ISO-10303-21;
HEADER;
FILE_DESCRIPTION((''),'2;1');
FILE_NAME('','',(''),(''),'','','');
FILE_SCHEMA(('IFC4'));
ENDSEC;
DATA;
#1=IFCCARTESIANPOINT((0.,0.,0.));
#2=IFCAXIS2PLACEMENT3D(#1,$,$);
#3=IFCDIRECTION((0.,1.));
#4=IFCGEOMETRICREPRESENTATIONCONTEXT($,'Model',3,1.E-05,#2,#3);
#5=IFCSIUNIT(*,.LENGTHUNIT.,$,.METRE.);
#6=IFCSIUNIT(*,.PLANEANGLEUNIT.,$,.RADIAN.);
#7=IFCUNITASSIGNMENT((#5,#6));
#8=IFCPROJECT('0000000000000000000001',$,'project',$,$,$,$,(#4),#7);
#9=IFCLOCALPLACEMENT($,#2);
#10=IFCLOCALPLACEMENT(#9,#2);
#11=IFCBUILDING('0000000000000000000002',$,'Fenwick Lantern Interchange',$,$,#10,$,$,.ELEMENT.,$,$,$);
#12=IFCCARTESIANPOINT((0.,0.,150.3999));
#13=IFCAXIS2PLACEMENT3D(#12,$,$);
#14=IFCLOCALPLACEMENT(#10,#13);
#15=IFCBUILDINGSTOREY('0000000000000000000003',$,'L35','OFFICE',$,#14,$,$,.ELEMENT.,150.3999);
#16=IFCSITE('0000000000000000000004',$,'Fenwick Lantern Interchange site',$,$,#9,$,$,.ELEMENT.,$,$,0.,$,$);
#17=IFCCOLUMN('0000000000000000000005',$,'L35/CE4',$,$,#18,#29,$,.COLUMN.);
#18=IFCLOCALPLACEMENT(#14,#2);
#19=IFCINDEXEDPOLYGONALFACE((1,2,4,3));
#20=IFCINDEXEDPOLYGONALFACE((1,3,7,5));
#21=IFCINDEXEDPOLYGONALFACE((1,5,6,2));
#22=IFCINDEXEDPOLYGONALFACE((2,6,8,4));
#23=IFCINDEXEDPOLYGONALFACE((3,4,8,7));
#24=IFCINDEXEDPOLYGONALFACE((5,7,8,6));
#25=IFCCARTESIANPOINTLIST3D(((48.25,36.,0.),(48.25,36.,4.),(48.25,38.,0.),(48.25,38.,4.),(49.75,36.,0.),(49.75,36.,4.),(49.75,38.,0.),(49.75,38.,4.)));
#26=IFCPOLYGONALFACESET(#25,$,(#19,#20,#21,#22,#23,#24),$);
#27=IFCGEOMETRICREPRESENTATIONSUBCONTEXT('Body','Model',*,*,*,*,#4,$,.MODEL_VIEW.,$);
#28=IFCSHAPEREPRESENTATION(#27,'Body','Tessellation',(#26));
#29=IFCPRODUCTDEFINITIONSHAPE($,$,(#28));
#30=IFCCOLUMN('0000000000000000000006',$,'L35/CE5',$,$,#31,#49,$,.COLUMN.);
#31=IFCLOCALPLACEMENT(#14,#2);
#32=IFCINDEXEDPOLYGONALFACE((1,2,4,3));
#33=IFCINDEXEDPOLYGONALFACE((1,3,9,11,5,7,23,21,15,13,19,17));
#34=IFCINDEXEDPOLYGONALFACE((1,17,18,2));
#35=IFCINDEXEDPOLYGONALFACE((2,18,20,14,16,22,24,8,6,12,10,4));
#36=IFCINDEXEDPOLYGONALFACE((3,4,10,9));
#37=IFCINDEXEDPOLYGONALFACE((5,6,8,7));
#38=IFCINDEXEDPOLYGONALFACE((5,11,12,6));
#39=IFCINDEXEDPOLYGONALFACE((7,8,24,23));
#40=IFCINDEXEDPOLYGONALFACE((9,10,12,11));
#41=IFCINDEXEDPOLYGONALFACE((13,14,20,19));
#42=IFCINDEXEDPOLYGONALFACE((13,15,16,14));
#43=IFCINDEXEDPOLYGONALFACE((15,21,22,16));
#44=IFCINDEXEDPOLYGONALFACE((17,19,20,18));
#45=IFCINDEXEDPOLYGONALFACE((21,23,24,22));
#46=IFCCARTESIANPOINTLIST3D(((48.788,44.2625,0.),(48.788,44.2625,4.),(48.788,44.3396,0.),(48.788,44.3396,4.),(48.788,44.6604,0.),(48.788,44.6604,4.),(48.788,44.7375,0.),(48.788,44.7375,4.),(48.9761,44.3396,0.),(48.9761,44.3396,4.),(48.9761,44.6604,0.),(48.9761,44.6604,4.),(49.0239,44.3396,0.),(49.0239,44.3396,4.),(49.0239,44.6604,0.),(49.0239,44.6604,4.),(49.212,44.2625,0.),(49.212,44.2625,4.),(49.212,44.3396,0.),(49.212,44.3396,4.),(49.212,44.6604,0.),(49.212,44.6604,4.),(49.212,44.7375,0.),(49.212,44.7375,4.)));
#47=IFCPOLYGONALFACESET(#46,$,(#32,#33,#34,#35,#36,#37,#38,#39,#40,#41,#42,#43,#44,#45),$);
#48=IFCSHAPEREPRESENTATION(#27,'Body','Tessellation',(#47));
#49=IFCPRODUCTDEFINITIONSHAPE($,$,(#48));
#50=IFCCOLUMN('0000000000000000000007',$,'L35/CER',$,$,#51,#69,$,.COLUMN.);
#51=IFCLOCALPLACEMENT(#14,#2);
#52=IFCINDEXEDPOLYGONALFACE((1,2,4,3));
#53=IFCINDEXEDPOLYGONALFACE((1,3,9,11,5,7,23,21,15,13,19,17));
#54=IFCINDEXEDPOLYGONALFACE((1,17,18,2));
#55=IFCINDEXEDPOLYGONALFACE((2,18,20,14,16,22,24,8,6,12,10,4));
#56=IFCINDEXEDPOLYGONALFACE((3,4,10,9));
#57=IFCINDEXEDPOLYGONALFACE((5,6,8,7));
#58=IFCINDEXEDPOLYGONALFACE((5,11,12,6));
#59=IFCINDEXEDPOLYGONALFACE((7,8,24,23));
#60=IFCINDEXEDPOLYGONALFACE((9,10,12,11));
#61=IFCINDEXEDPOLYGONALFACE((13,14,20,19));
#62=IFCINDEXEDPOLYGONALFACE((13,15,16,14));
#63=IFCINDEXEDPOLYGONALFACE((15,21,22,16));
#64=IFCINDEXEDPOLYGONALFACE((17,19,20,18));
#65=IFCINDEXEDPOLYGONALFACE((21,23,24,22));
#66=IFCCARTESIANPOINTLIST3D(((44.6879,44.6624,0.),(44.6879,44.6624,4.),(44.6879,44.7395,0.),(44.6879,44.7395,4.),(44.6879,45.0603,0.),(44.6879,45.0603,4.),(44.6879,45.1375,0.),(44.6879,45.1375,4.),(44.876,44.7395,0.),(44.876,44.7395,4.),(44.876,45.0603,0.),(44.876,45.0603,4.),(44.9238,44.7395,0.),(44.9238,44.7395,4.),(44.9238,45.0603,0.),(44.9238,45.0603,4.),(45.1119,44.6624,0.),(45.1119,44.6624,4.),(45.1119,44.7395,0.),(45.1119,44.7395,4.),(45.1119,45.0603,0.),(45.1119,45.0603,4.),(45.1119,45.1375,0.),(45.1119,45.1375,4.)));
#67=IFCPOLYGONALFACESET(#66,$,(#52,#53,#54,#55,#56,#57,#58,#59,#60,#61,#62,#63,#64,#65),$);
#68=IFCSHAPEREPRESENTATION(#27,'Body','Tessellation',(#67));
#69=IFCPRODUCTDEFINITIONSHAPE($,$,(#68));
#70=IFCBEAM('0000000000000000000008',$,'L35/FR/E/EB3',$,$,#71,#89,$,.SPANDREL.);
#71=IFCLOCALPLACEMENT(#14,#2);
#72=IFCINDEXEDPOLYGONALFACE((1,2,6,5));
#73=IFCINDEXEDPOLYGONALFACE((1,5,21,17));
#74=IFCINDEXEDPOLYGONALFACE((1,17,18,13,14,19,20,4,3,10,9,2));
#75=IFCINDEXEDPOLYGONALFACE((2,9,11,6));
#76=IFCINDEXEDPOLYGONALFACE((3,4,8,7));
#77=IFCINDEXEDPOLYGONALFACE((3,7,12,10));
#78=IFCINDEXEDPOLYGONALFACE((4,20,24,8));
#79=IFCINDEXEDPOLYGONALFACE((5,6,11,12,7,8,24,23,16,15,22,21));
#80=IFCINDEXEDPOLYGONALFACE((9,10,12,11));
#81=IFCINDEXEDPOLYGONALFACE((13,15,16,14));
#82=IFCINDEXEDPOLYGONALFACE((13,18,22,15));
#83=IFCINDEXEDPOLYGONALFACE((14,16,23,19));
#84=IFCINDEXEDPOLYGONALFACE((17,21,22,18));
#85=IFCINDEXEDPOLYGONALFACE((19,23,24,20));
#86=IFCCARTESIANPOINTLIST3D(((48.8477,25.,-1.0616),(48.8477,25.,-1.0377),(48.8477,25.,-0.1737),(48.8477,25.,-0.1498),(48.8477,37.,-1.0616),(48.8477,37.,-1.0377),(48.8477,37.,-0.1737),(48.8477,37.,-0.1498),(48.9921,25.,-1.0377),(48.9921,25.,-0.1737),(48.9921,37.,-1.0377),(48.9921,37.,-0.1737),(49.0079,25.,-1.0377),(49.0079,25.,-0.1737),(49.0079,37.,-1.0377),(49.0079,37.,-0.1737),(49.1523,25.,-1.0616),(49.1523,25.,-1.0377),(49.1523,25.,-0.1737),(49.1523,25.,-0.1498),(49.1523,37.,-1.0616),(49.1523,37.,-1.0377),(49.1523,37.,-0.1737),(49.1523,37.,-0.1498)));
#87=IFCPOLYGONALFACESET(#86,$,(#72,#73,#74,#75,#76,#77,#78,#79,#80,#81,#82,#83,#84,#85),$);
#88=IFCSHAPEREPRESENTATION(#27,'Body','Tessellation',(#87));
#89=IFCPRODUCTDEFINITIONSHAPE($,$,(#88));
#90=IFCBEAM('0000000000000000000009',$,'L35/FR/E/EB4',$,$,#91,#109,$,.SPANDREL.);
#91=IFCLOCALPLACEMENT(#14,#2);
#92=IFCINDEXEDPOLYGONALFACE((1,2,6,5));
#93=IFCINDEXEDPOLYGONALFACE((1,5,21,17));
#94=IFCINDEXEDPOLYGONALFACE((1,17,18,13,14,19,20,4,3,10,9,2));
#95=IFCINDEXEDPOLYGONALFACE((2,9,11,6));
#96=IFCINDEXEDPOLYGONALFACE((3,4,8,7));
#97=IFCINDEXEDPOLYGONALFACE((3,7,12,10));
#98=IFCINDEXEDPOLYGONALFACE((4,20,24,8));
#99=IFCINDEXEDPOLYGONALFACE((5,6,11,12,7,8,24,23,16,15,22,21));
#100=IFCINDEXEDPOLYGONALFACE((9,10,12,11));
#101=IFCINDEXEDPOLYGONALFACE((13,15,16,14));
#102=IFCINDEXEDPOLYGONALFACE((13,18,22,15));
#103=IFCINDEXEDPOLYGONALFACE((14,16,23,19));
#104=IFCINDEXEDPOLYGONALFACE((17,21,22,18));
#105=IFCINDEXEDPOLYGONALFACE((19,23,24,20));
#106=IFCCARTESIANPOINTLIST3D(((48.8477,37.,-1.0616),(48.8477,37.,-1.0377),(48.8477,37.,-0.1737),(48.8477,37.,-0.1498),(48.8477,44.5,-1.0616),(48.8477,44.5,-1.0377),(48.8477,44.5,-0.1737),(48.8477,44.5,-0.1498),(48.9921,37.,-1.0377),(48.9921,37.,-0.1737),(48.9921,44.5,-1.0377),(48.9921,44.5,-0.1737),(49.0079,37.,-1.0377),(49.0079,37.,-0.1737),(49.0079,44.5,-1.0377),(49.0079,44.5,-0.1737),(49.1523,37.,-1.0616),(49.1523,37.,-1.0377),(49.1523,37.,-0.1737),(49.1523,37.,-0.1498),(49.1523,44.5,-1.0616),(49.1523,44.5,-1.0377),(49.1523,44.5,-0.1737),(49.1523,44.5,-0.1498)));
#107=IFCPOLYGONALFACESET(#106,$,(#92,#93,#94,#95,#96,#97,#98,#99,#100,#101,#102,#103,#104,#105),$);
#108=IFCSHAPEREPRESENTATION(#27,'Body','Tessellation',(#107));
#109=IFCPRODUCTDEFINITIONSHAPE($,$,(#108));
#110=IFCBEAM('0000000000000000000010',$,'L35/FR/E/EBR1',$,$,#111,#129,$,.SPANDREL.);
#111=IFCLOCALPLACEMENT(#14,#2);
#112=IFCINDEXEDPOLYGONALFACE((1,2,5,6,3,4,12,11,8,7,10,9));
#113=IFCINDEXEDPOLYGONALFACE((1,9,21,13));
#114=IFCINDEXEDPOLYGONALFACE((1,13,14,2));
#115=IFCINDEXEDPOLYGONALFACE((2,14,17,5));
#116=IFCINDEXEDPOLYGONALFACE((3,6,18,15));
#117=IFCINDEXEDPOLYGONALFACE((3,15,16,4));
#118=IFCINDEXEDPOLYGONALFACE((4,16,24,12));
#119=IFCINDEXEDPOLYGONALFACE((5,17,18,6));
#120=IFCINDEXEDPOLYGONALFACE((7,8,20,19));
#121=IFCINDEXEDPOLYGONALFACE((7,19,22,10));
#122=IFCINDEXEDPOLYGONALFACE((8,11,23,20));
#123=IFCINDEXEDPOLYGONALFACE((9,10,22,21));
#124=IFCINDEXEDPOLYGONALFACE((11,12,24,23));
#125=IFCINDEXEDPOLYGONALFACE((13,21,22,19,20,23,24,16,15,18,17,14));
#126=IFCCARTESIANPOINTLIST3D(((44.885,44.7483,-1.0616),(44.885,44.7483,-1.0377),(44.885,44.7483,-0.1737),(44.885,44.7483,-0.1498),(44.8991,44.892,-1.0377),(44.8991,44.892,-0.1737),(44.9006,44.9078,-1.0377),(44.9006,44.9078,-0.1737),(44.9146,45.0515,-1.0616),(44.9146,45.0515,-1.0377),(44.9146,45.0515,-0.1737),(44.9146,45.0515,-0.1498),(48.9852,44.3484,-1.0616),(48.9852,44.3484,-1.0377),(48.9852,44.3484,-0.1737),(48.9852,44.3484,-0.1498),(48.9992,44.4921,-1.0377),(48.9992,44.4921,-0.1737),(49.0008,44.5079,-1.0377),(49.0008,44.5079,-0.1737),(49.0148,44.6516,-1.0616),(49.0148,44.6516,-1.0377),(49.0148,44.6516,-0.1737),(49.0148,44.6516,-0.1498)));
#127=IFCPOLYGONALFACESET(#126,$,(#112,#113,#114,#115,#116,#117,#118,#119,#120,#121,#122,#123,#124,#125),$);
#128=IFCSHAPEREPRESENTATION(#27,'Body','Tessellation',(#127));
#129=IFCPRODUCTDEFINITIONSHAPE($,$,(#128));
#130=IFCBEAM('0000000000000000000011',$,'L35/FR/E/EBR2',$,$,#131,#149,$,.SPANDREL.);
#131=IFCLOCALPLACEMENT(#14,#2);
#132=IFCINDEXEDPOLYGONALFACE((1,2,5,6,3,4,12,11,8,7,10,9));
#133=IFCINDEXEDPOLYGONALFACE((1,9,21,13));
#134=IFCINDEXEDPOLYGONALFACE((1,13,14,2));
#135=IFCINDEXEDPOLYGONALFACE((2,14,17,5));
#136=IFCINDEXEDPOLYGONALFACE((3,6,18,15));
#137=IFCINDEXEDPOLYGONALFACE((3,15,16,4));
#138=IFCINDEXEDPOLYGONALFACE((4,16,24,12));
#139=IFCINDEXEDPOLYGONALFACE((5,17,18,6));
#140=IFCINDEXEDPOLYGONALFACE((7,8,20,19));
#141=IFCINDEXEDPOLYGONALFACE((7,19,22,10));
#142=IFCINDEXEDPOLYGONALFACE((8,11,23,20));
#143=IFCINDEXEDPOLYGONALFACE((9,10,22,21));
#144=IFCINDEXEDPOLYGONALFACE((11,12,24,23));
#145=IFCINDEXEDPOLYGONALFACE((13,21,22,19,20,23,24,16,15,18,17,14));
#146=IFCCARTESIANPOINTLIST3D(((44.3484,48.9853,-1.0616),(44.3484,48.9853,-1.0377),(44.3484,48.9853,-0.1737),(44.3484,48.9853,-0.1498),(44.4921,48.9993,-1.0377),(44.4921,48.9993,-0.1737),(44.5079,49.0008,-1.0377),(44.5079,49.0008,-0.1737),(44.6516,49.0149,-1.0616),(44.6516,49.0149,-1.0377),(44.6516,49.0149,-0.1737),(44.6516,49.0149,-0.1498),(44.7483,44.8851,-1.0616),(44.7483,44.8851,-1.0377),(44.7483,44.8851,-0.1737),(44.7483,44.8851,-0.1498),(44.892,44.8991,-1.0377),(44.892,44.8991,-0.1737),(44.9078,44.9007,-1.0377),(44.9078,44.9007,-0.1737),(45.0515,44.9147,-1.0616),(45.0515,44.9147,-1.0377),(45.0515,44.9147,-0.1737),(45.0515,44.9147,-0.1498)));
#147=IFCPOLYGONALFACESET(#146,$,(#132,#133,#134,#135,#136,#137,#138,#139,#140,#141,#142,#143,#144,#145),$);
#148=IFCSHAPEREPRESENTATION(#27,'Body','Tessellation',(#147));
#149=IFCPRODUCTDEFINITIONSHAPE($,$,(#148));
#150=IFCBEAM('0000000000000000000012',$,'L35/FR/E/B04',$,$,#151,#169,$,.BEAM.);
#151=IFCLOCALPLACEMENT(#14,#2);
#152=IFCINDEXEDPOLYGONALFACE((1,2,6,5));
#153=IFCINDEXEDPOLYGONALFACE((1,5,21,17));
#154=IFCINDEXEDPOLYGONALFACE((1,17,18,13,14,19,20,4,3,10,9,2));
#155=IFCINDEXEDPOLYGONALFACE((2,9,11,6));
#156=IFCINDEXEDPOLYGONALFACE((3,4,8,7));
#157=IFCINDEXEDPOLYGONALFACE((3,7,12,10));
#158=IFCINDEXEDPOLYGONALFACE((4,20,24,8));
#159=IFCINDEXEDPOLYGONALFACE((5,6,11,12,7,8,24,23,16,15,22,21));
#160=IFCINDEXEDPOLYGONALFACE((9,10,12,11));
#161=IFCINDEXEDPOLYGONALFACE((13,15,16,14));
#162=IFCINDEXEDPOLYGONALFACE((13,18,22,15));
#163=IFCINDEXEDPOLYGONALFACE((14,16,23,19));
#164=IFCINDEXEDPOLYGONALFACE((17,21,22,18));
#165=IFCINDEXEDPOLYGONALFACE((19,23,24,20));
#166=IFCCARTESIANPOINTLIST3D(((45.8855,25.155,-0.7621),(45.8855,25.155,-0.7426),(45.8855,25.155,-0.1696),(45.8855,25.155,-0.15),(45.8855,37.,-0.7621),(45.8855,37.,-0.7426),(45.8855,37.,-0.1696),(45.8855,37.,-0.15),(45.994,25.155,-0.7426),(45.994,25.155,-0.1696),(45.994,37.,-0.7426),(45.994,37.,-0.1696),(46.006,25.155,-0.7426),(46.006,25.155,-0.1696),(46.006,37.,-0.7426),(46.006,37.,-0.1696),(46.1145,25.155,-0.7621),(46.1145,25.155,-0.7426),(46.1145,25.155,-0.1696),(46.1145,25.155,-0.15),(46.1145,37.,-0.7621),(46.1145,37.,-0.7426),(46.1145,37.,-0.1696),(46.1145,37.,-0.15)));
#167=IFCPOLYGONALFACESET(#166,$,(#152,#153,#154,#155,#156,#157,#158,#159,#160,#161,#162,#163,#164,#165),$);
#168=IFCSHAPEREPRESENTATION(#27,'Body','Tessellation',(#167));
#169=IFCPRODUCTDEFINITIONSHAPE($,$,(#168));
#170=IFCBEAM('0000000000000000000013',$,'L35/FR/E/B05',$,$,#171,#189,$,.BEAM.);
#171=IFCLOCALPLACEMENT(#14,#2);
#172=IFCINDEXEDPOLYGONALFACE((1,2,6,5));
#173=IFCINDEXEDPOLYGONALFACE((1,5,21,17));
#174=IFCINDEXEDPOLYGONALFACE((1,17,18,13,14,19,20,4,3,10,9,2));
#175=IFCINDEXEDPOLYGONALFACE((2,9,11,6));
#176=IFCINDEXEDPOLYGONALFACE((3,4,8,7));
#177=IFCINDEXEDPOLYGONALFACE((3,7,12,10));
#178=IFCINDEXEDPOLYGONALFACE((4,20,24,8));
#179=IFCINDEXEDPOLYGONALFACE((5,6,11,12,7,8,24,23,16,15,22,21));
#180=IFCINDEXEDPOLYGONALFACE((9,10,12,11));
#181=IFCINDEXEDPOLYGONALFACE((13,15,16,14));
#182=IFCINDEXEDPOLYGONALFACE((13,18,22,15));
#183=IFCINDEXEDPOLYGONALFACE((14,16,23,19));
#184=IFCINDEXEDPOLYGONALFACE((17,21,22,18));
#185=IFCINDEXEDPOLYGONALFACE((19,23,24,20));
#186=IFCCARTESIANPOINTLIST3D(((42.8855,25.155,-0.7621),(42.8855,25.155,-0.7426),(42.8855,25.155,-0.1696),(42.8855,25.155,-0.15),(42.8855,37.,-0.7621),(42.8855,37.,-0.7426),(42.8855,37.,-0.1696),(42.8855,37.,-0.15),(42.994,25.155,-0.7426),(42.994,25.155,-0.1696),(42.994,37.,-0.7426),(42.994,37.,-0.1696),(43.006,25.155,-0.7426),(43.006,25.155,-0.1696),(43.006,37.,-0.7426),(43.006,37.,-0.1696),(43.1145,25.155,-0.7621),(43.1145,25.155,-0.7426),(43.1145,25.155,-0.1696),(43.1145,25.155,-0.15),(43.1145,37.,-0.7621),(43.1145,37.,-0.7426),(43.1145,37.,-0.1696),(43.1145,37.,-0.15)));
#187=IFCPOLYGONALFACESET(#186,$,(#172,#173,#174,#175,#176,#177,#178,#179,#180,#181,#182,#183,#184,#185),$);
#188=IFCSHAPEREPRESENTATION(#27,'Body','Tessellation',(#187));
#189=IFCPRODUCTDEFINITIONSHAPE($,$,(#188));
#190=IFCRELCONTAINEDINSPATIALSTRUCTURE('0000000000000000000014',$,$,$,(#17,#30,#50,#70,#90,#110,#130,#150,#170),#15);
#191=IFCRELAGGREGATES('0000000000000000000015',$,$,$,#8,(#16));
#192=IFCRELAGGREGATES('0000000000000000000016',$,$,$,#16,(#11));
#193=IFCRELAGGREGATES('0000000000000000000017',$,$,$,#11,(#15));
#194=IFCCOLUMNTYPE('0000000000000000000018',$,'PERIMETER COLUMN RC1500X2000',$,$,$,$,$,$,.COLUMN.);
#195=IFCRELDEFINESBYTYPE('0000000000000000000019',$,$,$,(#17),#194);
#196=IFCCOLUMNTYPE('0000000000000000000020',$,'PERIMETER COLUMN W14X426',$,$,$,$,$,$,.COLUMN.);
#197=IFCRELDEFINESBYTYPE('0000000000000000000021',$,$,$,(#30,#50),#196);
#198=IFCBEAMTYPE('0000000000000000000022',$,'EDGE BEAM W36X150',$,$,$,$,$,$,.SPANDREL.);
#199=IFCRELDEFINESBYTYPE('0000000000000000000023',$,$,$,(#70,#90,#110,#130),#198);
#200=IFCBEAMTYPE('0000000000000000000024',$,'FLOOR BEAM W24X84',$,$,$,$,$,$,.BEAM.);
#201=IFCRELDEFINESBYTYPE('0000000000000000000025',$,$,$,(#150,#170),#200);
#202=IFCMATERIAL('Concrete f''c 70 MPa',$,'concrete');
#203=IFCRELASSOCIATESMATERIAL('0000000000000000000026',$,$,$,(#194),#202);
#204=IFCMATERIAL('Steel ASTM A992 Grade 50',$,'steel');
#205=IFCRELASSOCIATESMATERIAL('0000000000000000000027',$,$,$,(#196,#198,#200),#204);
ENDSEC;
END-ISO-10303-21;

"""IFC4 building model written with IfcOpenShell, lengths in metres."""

from ifc_helpers import new_model, si_unit, direction, frame, origin, origin_2d, place, context, subcontext, project, spatial, rectangle, i_section, extrude, material, material_profile, profile_set, type_object, element, save


model = new_model("IFC4")

# Units and contexts
model_context = context("Model", 3, precision=1e-05, world=origin(), true_north=direction((0.0, 1.0)))
body_context = subcontext(model_context, "Body", "Model", "MODEL_VIEW")
ifc_project = project(units=[si_unit("LENGTHUNIT", "METRE"), si_unit("PLANEANGLEUNIT", "RADIAN")], contexts=[model_context])

# Site, building, storey
site_placement = place(None, origin())
site = spatial("IfcSite", under=ifc_project, at=site_placement, Name="Fenwick Lantern Interchange site", CompositionType="ELEMENT", RefElevation=0.0)
building_placement = place(site_placement, origin())
building = spatial("IfcBuilding", under=site, at=building_placement, Name="Fenwick Lantern Interchange", CompositionType="ELEMENT")
storey_placement = place(building_placement, frame((0.0, 0.0, 150.3999)))
storey = spatial("IfcBuildingStorey", under=building, at=storey_placement, Name="L35", Description="OFFICE", CompositionType="ELEMENT", Elevation=150.3999)

# Columns
ifc_material_1 = material(Name="Concrete f'c 70 MPa", Category="concrete")
ifc_material_profile_1 = material_profile(ifc_material_1, rectangle(XDim=1.5, YDim=2.0, at=origin_2d()), Name="RC1500X2000")
ifc_profile_set_1 = profile_set([ifc_material_profile_1], Name="Concrete f'c 70 MPa")
column_type_1 = type_object("IfcColumnType", Name="PERIMETER COLUMN RC1500X2000", PredefinedType="COLUMN", material=ifc_profile_set_1)
column_placement = place(storey_placement, frame((49.0, 37.0, 0.0), z_axis=(0.0, 0.0, 1.0), x_axis=(1.0, 0.0, 0.0)))
element("IfcColumn", 1, at=column_placement, inside=storey, type_object=column_type_1, Name="L35/CE4", PredefinedType="COLUMN", context=body_context, shape_type="SweptSolid", body=[
    extrude(rectangle(XDim=1.5, YDim=2.0, at=origin_2d()), origin(), (0.0, 0.0, 1.0), 4.0),
])
ifc_material_2 = material(Name="Steel ASTM A992 Grade 50", Category="steel")
ifc_material_profile_2 = material_profile(ifc_material_2, i_section(OverallWidth=0.4241, OverallDepth=0.4751, WebThickness=0.0479, FlangeThickness=0.0771, at=origin_2d()), Name="W14X426")
ifc_profile_set_2 = profile_set([ifc_material_profile_2], Name="Steel ASTM A992 Grade 50")
column_type_2 = type_object("IfcColumnType", Name="PERIMETER COLUMN W14X426", PredefinedType="COLUMN", material=ifc_profile_set_2)
for number, where, z_axis, x_axis, name in (
    (2, (49.0, 44.5, 0.0), (0.0, 0.0, 1.0), (1.0, 0.0, 0.0), "L35/CE5"),
    (3, (44.8999, 44.8999, 0.0), (0.0, 0.0, 1.0), (1.0, 0.0, 0.0), "L35/CER"),
):
    element("IfcColumn", number, at=place(storey_placement, frame(where, z_axis=z_axis, x_axis=x_axis)), inside=storey, type_object=column_type_2, Name=name, PredefinedType="COLUMN", context=body_context, shape_type="SweptSolid", body=[
        extrude(i_section(OverallWidth=0.4241, OverallDepth=0.4751, WebThickness=0.0479, FlangeThickness=0.0771, at=origin_2d()), origin(), (0.0, 0.0, 1.0), 4.0),
    ])

# Beams
ifc_material_profile_3 = material_profile(ifc_material_2, i_section(OverallWidth=0.3047, OverallDepth=0.9119, WebThickness=0.0159, FlangeThickness=0.0239, at=origin_2d()), Name="W36X150")
ifc_profile_set_3 = profile_set([ifc_material_profile_3], Name="Steel ASTM A992 Grade 50")
beam_type_1 = type_object("IfcBeamType", Name="EDGE BEAM W36X150", PredefinedType="SPANDREL", material=ifc_profile_set_3)
beam_1_placement = place(storey_placement, frame((49.0, 25.0, -0.6057), z_axis=(0.0, 1.0, 0.0), x_axis=(-1.0, 0.0, 0.0)))
element("IfcBeam", 4, at=beam_1_placement, inside=storey, type_object=beam_type_1, Name="L35/FR/E/EB3", PredefinedType="SPANDREL", context=body_context, shape_type="SweptSolid", body=[
    extrude(i_section(OverallWidth=0.3047, OverallDepth=0.9119, WebThickness=0.0159, FlangeThickness=0.0239, at=origin_2d()), origin(), (0.0, 0.0, 1.0), 12.0),
])
beam_2_placement = place(storey_placement, frame((49.0, 37.0, -0.6057), z_axis=(0.0, 1.0, 0.0), x_axis=(-1.0, 0.0, 0.0)))
element("IfcBeam", 5, at=beam_2_placement, inside=storey, type_object=beam_type_1, Name="L35/FR/E/EB4", PredefinedType="SPANDREL", context=body_context, shape_type="SweptSolid", body=[
    extrude(i_section(OverallWidth=0.3047, OverallDepth=0.9119, WebThickness=0.0159, FlangeThickness=0.0239, at=origin_2d()), origin(), (0.0, 0.0, 1.0), 7.5),
])
for number, where, z_axis, x_axis, name in (
    (6, (49.0, 44.5, -0.6057), (-0.995277, 0.097074, 0.0), (-0.097074, -0.995277, 0.0), "L35/FR/E/EBR1"),
    (7, (44.8999, 44.8999, -0.6057), (-0.097074, 0.995277, 0.0), (-0.995277, -0.097074, 0.0), "L35/FR/E/EBR2"),
):
    element("IfcBeam", number, at=place(storey_placement, frame(where, z_axis=z_axis, x_axis=x_axis)), inside=storey, type_object=beam_type_1, Name=name, PredefinedType="SPANDREL", context=body_context, shape_type="SweptSolid", body=[
        extrude(i_section(OverallWidth=0.3047, OverallDepth=0.9119, WebThickness=0.0159, FlangeThickness=0.0239, at=origin_2d()), origin(), (0.0, 0.0, 1.0), 4.1196),
    ])
ifc_material_profile_4 = material_profile(ifc_material_2, i_section(OverallWidth=0.229, OverallDepth=0.6121, WebThickness=0.012, FlangeThickness=0.0195, at=origin_2d()), Name="W24X84")
ifc_profile_set_4 = profile_set([ifc_material_profile_4], Name="Steel ASTM A992 Grade 50")
beam_type_2 = type_object("IfcBeamType", Name="FLOOR BEAM W24X84", PredefinedType="BEAM", material=ifc_profile_set_4)
for number, where, z_axis, x_axis, name in (
    (8, (46.0, 25.155, -0.4561), (0.0, 1.0, 0.0), (-1.0, 0.0, 0.0), "L35/FR/E/B04"),
    (9, (43.0, 25.155, -0.4561), (0.0, 1.0, 0.0), (-1.0, 0.0, 0.0), "L35/FR/E/B05"),
):
    element("IfcBeam", number, at=place(storey_placement, frame(where, z_axis=z_axis, x_axis=x_axis)), inside=storey, type_object=beam_type_2, Name=name, PredefinedType="BEAM", context=body_context, shape_type="SweptSolid", body=[
        extrude(i_section(OverallWidth=0.229, OverallDepth=0.6121, WebThickness=0.012, FlangeThickness=0.0195, at=origin_2d()), origin(), (0.0, 0.0, 1.0), 11.845),
    ])

save(model, "model.ifc")
